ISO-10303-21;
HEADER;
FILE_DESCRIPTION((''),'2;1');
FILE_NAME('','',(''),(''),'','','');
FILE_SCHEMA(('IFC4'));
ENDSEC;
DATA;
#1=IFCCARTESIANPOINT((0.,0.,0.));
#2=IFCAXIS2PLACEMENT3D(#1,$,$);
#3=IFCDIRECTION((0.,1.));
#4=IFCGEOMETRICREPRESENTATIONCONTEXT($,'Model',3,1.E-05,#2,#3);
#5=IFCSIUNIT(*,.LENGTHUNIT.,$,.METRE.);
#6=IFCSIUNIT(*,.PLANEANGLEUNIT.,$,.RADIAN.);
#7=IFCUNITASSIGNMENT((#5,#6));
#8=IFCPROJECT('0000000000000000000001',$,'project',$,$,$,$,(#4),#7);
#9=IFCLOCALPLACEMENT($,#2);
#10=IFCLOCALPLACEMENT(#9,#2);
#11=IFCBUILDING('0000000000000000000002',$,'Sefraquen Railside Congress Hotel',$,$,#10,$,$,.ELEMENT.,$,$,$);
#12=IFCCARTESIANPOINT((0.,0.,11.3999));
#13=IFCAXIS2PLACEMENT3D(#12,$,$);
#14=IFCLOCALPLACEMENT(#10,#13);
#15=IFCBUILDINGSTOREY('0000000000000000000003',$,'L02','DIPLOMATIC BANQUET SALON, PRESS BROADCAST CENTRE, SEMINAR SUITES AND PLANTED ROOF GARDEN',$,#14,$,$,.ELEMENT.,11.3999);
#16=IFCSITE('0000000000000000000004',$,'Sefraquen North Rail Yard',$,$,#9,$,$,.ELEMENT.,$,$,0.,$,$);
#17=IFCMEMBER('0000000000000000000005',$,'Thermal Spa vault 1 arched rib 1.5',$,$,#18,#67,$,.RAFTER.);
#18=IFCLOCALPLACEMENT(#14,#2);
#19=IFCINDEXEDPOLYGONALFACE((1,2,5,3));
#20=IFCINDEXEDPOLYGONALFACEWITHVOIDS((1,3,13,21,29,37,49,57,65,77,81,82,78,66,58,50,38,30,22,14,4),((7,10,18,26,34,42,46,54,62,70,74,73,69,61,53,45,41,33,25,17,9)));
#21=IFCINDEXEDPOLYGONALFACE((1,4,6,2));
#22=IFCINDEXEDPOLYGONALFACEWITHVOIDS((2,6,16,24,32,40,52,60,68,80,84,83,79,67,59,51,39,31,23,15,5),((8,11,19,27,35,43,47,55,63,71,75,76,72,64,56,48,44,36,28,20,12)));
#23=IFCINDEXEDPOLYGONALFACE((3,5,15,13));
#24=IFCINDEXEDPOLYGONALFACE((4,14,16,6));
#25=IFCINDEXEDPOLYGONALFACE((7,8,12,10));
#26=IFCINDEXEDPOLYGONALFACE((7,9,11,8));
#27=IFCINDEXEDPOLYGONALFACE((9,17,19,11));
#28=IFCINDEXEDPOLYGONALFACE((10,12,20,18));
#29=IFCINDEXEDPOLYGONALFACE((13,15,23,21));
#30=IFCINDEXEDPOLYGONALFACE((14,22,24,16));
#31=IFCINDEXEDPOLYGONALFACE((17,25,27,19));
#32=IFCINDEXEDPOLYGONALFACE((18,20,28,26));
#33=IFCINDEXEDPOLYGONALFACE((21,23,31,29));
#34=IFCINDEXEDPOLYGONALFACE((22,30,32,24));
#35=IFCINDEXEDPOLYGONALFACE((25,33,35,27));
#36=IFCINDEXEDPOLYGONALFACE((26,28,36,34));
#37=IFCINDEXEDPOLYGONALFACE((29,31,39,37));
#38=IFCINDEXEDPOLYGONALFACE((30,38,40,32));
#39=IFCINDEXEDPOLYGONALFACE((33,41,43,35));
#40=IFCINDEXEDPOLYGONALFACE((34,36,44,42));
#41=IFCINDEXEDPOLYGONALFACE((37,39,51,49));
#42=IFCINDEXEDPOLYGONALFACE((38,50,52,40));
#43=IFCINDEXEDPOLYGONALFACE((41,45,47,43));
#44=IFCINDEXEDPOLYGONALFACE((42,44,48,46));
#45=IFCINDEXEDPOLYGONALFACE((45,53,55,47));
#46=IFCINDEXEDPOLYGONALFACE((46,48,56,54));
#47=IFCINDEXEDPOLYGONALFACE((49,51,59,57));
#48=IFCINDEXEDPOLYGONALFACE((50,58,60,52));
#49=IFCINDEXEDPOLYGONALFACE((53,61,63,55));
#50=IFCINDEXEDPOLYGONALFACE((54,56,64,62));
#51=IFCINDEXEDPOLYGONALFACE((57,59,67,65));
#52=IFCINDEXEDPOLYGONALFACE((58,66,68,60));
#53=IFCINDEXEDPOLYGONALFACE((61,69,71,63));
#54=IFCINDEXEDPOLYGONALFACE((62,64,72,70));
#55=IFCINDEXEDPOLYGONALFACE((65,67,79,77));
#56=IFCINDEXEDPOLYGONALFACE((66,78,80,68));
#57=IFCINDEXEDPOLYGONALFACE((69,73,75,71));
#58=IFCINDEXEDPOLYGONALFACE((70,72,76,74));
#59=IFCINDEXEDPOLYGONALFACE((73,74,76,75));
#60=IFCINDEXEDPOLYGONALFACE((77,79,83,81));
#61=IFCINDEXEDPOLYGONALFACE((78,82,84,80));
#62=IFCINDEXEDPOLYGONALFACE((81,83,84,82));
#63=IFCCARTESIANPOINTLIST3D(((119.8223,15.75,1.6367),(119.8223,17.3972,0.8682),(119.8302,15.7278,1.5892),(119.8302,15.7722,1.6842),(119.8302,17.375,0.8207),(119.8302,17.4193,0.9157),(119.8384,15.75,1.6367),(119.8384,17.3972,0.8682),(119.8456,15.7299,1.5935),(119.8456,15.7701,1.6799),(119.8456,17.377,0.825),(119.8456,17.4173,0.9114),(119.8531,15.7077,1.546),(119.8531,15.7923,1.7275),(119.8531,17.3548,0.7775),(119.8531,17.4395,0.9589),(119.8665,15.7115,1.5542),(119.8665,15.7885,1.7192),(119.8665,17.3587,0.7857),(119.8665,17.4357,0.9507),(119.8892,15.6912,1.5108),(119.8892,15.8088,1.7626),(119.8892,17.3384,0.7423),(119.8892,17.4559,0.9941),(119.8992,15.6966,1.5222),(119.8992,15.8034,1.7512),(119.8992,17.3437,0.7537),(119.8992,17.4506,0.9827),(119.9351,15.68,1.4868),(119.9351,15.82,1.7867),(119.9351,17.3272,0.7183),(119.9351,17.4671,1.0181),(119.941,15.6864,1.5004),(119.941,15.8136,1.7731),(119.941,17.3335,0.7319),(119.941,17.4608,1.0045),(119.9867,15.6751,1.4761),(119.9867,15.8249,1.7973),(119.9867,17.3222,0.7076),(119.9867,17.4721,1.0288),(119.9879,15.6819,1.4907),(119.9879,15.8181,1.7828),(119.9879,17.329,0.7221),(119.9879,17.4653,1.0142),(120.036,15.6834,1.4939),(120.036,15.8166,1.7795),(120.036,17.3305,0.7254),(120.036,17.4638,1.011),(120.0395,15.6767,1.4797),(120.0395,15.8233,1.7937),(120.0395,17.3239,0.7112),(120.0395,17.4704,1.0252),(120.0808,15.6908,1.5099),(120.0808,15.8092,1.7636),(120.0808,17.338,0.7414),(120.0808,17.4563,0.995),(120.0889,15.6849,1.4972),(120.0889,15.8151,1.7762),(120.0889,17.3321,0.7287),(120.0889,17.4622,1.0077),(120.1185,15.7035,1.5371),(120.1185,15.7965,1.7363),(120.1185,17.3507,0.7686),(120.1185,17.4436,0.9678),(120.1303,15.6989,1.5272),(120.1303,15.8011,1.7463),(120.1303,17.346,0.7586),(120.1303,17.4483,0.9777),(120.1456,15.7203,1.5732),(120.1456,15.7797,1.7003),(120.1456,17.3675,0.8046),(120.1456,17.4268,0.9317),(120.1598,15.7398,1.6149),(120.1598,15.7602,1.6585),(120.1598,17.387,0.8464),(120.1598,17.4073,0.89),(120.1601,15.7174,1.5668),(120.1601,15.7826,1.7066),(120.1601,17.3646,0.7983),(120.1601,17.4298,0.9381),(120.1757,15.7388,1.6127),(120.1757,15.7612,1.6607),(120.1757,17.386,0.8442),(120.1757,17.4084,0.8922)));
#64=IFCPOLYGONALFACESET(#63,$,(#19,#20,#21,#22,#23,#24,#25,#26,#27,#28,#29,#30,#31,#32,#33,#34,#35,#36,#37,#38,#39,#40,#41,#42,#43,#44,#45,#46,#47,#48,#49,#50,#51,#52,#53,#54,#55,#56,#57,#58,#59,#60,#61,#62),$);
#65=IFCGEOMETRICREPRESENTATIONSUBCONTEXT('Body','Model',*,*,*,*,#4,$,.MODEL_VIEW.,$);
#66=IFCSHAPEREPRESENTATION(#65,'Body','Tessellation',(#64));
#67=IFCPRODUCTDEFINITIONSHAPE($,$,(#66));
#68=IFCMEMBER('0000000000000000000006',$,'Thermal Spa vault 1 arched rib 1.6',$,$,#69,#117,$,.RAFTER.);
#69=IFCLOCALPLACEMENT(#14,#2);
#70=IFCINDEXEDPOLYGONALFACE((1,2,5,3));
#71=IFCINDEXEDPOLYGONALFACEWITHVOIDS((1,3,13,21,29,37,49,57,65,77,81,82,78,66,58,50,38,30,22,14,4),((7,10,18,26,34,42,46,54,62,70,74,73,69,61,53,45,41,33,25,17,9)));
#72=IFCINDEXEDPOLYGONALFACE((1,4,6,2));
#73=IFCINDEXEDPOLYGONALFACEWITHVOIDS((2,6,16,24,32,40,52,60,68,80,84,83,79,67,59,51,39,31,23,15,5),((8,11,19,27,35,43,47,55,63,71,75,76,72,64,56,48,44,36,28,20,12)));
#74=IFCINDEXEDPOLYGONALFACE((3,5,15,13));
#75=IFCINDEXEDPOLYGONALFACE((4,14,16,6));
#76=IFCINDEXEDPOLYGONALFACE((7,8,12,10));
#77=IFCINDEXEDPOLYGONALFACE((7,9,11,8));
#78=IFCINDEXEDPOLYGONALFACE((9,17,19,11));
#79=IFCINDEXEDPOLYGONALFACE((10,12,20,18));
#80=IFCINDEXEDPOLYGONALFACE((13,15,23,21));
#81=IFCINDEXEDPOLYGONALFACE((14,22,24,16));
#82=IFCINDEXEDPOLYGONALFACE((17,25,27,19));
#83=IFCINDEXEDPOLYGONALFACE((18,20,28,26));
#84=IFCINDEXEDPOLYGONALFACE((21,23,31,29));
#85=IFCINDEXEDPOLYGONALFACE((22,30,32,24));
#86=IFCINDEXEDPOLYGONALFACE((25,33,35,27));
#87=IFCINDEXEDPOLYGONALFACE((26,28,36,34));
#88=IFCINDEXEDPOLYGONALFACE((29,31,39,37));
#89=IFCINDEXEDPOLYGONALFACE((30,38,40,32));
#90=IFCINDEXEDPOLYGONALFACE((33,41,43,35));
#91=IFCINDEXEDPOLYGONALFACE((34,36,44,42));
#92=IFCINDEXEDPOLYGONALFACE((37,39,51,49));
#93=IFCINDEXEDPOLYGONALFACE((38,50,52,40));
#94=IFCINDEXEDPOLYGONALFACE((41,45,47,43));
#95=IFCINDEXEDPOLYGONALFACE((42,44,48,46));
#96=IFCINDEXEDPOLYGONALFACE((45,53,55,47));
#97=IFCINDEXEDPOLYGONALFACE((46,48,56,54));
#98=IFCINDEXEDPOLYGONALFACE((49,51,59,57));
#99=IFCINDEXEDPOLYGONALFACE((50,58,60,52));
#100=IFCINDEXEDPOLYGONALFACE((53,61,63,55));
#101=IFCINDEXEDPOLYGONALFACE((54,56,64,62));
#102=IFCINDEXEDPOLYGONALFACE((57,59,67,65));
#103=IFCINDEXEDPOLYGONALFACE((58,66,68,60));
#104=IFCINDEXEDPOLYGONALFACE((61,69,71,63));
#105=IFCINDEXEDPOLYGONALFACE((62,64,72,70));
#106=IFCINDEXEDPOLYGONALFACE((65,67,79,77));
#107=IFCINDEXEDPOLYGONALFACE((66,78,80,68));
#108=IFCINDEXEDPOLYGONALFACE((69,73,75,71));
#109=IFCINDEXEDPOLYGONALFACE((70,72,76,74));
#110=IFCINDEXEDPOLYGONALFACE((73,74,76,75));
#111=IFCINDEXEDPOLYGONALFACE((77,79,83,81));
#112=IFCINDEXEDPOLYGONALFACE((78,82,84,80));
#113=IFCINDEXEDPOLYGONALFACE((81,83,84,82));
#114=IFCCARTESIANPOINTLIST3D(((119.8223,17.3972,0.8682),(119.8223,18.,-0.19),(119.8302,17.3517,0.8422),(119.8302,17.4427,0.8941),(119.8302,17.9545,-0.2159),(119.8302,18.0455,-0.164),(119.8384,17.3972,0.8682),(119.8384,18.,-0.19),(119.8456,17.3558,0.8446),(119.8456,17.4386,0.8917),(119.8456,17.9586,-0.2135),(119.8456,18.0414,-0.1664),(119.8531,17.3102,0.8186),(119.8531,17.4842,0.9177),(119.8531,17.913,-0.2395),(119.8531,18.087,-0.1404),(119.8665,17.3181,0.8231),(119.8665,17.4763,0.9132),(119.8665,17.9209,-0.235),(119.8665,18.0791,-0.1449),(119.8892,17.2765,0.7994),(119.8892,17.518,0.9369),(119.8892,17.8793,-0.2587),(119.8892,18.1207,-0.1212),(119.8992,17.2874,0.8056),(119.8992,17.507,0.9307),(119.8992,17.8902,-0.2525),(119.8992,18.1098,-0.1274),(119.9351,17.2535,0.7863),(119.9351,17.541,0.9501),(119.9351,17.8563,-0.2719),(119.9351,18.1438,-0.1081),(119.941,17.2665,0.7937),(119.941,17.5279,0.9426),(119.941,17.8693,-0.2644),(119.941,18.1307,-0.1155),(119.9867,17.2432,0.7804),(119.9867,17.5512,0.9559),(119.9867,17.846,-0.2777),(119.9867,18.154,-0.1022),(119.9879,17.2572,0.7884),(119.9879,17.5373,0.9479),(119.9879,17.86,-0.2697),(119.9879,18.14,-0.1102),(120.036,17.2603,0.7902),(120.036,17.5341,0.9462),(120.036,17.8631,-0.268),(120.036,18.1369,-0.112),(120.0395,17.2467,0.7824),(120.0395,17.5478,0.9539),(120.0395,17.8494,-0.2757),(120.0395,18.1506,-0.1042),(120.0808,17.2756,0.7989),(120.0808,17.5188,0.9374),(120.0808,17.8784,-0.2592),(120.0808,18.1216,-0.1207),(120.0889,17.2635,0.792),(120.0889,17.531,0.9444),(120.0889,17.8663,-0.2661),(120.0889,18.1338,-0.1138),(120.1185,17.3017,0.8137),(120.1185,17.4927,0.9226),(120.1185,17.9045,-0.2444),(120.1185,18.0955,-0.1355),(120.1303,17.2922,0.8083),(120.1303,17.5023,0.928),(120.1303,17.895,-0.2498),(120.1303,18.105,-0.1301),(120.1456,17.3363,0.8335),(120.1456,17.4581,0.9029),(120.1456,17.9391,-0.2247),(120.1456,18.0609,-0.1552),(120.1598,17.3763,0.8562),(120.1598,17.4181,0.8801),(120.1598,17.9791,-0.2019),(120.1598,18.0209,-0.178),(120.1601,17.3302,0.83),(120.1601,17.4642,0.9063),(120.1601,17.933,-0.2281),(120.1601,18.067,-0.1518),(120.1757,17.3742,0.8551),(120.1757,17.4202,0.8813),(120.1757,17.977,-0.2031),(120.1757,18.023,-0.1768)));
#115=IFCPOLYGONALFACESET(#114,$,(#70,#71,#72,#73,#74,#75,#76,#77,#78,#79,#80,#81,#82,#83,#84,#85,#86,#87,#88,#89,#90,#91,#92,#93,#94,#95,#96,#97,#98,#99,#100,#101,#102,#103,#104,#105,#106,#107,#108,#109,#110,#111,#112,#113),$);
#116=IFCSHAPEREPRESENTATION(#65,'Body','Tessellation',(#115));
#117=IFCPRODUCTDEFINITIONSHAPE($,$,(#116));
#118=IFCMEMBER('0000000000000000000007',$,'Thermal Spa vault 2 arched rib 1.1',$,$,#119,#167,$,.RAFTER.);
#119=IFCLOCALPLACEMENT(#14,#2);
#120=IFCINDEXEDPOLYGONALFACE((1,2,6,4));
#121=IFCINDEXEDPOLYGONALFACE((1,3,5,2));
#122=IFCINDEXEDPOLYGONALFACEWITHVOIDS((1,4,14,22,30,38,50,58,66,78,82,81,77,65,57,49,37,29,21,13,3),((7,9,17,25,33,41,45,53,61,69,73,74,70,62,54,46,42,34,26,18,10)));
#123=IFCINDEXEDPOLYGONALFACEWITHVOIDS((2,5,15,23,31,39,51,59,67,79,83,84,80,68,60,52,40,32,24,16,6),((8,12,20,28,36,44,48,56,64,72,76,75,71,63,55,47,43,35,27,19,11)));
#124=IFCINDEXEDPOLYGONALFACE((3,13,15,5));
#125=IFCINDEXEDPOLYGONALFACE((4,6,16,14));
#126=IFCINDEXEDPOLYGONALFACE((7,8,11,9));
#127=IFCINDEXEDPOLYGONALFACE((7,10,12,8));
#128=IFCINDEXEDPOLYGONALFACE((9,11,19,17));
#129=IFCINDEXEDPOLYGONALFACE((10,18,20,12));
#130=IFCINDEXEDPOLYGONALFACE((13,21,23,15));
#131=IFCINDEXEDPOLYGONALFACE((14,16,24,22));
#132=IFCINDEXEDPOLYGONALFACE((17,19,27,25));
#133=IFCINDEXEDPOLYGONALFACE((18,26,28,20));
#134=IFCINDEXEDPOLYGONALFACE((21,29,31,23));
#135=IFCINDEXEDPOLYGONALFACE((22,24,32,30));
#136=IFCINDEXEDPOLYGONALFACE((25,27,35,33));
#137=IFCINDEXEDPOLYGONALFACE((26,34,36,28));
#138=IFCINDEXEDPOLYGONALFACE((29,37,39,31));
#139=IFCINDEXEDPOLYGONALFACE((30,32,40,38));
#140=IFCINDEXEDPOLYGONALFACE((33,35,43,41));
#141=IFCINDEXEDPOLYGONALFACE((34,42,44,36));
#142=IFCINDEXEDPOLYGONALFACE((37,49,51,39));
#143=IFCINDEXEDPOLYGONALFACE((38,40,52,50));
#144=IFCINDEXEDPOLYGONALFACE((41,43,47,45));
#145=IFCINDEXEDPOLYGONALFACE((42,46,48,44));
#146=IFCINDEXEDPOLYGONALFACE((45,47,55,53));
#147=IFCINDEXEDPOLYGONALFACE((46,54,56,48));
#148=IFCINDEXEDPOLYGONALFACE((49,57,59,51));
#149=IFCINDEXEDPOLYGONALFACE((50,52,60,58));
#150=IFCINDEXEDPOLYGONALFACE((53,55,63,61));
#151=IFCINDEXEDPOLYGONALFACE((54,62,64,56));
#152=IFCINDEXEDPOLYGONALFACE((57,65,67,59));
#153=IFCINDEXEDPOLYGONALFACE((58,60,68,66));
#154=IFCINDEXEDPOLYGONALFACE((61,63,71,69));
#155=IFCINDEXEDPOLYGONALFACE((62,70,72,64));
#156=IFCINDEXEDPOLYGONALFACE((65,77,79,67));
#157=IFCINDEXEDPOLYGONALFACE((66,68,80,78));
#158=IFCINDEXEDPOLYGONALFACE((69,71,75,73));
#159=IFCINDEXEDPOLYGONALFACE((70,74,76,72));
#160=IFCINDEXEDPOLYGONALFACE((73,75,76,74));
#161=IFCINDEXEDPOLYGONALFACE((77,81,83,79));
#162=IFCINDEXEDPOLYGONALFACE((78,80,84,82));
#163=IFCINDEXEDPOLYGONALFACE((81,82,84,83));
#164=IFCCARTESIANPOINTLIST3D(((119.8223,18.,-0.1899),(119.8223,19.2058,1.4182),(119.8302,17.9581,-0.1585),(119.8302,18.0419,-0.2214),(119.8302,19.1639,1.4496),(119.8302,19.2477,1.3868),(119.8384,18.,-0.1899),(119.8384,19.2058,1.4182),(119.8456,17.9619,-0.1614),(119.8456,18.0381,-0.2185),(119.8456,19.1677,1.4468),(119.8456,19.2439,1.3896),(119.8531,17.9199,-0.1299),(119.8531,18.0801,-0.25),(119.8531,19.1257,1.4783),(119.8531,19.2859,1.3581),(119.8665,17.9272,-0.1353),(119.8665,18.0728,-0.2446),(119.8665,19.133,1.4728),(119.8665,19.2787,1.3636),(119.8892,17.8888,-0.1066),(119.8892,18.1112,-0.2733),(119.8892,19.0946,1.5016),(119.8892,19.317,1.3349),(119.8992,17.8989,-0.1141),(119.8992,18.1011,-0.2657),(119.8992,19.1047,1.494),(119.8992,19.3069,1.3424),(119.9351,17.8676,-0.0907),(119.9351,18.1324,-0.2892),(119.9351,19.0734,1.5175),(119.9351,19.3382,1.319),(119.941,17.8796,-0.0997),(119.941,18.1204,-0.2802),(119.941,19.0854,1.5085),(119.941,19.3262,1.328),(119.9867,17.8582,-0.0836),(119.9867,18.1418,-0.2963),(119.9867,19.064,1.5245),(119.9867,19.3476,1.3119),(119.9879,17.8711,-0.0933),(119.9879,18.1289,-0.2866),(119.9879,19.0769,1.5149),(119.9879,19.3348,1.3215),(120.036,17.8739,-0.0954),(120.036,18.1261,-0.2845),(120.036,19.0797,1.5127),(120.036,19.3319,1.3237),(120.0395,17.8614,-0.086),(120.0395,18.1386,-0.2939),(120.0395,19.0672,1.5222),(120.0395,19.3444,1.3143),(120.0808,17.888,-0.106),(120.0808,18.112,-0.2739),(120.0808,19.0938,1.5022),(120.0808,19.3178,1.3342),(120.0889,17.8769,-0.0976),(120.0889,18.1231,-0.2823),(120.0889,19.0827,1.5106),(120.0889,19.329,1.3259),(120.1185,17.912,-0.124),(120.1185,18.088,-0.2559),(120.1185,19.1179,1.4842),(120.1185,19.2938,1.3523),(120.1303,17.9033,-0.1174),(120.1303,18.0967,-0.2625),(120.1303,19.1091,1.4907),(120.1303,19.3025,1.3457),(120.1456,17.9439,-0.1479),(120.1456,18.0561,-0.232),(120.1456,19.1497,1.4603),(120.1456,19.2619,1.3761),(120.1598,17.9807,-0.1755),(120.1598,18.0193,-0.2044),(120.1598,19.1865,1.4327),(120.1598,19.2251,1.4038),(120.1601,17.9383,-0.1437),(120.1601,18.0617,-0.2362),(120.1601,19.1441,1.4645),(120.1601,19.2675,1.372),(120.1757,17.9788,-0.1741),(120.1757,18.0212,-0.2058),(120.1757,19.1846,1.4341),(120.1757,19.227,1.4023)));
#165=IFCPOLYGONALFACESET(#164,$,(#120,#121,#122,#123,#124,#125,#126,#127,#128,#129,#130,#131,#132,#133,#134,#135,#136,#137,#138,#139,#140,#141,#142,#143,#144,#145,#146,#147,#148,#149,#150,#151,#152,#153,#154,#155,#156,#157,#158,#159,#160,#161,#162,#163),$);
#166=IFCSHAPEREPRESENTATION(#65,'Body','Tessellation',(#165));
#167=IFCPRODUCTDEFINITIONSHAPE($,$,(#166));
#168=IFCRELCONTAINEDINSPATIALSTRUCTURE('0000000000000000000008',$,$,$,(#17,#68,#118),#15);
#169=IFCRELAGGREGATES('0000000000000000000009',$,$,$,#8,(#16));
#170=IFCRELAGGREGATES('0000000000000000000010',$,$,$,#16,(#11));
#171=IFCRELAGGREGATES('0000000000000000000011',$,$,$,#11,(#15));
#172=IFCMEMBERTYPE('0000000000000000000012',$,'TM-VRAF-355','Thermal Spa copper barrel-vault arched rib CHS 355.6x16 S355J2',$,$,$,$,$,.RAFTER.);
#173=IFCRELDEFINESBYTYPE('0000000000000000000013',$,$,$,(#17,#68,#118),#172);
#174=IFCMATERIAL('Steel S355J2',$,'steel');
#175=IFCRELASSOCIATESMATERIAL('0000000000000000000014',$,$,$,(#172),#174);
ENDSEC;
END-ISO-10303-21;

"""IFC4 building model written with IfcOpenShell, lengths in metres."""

from ifc_helpers import new_model, si_unit, direction, frame, origin, origin_2d, place, context, subcontext, project, spatial, hollow_circle, extrude, material, material_profile, profile_set, type_object, element, save


model = new_model("IFC4")

# Units and contexts
model_context = context("Model", 3, precision=1e-05, world=origin(), true_north=direction((0.0, 1.0)))
body_context = subcontext(model_context, "Body", "Model", "MODEL_VIEW")
ifc_project = project(units=[si_unit("LENGTHUNIT", "METRE"), si_unit("PLANEANGLEUNIT", "RADIAN")], contexts=[model_context])

# Site, building, storey
site_placement = place(None, origin())
site = spatial("IfcSite", under=ifc_project, at=site_placement, Name="Sefraquen North Rail Yard", CompositionType="ELEMENT", RefElevation=0.0)
building_placement = place(site_placement, origin())
building = spatial("IfcBuilding", under=site, at=building_placement, Name="Sefraquen Railside Congress Hotel", CompositionType="ELEMENT")
storey_placement = place(building_placement, frame((0.0, 0.0, 11.3999)))
storey = spatial("IfcBuildingStorey", under=building, at=storey_placement, Name="L02", Description="DIPLOMATIC BANQUET SALON, PRESS BROADCAST CENTRE, SEMINAR SUITES AND PLANTED ROOF GARDEN", CompositionType="ELEMENT", Elevation=11.3999)

# Members
ifc_material_1 = material(Name="Steel S355J2", Category="steel")
ifc_material_profile_1 = material_profile(ifc_material_1, hollow_circle(Radius=0.1777, WallThickness=0.0161, at=origin_2d()), Name="CHS 355.6x16")
ifc_profile_set_1 = profile_set([ifc_material_profile_1], Name="Steel S355J2")
member_type = type_object("IfcMemberType", Name="TM-VRAF-355", Description="Thermal Spa copper barrel-vault arched rib CHS 355.6x16 S355J2", PredefinedType="RAFTER", material=ifc_profile_set_1)
member_1_placement = place(storey_placement, frame((120.0, 15.75, 1.6367), z_axis=(0.0, 0.906214, -0.422819), x_axis=(-1.0, 0.0, 0.0)))
element("IfcMember", 1, at=member_1_placement, inside=storey, type_object=member_type, Name="Thermal Spa vault 1 arched rib 1.5", PredefinedType="RAFTER", context=body_context, shape_type="SweptSolid", body=[
    extrude(hollow_circle(Radius=0.1777, WallThickness=0.0161, at=origin_2d()), origin(), (0.0, 0.0, 1.0), 1.8176),
])
member_2_placement = place(storey_placement, frame((120.0, 17.3972, 0.8682), z_axis=(0.0, 0.494994, -0.868896), x_axis=(-1.0, 0.0, 0.0)))
element("IfcMember", 2, at=member_2_placement, inside=storey, type_object=member_type, Name="Thermal Spa vault 1 arched rib 1.6", PredefinedType="RAFTER", context=body_context, shape_type="SweptSolid", body=[
    extrude(hollow_circle(Radius=0.1777, WallThickness=0.0161, at=origin_2d()), origin(), (0.0, 0.0, 1.0), 1.2178),
])
member_3_placement = place(storey_placement, frame((120.0, 18.0, -0.1899), z_axis=(0.0, 0.599903, 0.800073), x_axis=(-1.0, 0.0, 0.0)))
element("IfcMember", 3, at=member_3_placement, inside=storey, type_object=member_type, Name="Thermal Spa vault 2 arched rib 1.1", PredefinedType="RAFTER", context=body_context, shape_type="SweptSolid", body=[
    extrude(hollow_circle(Radius=0.1777, WallThickness=0.0161, at=origin_2d()), origin(), (0.0, 0.0, 1.0), 2.01),
])

save(model, "model.ifc")
